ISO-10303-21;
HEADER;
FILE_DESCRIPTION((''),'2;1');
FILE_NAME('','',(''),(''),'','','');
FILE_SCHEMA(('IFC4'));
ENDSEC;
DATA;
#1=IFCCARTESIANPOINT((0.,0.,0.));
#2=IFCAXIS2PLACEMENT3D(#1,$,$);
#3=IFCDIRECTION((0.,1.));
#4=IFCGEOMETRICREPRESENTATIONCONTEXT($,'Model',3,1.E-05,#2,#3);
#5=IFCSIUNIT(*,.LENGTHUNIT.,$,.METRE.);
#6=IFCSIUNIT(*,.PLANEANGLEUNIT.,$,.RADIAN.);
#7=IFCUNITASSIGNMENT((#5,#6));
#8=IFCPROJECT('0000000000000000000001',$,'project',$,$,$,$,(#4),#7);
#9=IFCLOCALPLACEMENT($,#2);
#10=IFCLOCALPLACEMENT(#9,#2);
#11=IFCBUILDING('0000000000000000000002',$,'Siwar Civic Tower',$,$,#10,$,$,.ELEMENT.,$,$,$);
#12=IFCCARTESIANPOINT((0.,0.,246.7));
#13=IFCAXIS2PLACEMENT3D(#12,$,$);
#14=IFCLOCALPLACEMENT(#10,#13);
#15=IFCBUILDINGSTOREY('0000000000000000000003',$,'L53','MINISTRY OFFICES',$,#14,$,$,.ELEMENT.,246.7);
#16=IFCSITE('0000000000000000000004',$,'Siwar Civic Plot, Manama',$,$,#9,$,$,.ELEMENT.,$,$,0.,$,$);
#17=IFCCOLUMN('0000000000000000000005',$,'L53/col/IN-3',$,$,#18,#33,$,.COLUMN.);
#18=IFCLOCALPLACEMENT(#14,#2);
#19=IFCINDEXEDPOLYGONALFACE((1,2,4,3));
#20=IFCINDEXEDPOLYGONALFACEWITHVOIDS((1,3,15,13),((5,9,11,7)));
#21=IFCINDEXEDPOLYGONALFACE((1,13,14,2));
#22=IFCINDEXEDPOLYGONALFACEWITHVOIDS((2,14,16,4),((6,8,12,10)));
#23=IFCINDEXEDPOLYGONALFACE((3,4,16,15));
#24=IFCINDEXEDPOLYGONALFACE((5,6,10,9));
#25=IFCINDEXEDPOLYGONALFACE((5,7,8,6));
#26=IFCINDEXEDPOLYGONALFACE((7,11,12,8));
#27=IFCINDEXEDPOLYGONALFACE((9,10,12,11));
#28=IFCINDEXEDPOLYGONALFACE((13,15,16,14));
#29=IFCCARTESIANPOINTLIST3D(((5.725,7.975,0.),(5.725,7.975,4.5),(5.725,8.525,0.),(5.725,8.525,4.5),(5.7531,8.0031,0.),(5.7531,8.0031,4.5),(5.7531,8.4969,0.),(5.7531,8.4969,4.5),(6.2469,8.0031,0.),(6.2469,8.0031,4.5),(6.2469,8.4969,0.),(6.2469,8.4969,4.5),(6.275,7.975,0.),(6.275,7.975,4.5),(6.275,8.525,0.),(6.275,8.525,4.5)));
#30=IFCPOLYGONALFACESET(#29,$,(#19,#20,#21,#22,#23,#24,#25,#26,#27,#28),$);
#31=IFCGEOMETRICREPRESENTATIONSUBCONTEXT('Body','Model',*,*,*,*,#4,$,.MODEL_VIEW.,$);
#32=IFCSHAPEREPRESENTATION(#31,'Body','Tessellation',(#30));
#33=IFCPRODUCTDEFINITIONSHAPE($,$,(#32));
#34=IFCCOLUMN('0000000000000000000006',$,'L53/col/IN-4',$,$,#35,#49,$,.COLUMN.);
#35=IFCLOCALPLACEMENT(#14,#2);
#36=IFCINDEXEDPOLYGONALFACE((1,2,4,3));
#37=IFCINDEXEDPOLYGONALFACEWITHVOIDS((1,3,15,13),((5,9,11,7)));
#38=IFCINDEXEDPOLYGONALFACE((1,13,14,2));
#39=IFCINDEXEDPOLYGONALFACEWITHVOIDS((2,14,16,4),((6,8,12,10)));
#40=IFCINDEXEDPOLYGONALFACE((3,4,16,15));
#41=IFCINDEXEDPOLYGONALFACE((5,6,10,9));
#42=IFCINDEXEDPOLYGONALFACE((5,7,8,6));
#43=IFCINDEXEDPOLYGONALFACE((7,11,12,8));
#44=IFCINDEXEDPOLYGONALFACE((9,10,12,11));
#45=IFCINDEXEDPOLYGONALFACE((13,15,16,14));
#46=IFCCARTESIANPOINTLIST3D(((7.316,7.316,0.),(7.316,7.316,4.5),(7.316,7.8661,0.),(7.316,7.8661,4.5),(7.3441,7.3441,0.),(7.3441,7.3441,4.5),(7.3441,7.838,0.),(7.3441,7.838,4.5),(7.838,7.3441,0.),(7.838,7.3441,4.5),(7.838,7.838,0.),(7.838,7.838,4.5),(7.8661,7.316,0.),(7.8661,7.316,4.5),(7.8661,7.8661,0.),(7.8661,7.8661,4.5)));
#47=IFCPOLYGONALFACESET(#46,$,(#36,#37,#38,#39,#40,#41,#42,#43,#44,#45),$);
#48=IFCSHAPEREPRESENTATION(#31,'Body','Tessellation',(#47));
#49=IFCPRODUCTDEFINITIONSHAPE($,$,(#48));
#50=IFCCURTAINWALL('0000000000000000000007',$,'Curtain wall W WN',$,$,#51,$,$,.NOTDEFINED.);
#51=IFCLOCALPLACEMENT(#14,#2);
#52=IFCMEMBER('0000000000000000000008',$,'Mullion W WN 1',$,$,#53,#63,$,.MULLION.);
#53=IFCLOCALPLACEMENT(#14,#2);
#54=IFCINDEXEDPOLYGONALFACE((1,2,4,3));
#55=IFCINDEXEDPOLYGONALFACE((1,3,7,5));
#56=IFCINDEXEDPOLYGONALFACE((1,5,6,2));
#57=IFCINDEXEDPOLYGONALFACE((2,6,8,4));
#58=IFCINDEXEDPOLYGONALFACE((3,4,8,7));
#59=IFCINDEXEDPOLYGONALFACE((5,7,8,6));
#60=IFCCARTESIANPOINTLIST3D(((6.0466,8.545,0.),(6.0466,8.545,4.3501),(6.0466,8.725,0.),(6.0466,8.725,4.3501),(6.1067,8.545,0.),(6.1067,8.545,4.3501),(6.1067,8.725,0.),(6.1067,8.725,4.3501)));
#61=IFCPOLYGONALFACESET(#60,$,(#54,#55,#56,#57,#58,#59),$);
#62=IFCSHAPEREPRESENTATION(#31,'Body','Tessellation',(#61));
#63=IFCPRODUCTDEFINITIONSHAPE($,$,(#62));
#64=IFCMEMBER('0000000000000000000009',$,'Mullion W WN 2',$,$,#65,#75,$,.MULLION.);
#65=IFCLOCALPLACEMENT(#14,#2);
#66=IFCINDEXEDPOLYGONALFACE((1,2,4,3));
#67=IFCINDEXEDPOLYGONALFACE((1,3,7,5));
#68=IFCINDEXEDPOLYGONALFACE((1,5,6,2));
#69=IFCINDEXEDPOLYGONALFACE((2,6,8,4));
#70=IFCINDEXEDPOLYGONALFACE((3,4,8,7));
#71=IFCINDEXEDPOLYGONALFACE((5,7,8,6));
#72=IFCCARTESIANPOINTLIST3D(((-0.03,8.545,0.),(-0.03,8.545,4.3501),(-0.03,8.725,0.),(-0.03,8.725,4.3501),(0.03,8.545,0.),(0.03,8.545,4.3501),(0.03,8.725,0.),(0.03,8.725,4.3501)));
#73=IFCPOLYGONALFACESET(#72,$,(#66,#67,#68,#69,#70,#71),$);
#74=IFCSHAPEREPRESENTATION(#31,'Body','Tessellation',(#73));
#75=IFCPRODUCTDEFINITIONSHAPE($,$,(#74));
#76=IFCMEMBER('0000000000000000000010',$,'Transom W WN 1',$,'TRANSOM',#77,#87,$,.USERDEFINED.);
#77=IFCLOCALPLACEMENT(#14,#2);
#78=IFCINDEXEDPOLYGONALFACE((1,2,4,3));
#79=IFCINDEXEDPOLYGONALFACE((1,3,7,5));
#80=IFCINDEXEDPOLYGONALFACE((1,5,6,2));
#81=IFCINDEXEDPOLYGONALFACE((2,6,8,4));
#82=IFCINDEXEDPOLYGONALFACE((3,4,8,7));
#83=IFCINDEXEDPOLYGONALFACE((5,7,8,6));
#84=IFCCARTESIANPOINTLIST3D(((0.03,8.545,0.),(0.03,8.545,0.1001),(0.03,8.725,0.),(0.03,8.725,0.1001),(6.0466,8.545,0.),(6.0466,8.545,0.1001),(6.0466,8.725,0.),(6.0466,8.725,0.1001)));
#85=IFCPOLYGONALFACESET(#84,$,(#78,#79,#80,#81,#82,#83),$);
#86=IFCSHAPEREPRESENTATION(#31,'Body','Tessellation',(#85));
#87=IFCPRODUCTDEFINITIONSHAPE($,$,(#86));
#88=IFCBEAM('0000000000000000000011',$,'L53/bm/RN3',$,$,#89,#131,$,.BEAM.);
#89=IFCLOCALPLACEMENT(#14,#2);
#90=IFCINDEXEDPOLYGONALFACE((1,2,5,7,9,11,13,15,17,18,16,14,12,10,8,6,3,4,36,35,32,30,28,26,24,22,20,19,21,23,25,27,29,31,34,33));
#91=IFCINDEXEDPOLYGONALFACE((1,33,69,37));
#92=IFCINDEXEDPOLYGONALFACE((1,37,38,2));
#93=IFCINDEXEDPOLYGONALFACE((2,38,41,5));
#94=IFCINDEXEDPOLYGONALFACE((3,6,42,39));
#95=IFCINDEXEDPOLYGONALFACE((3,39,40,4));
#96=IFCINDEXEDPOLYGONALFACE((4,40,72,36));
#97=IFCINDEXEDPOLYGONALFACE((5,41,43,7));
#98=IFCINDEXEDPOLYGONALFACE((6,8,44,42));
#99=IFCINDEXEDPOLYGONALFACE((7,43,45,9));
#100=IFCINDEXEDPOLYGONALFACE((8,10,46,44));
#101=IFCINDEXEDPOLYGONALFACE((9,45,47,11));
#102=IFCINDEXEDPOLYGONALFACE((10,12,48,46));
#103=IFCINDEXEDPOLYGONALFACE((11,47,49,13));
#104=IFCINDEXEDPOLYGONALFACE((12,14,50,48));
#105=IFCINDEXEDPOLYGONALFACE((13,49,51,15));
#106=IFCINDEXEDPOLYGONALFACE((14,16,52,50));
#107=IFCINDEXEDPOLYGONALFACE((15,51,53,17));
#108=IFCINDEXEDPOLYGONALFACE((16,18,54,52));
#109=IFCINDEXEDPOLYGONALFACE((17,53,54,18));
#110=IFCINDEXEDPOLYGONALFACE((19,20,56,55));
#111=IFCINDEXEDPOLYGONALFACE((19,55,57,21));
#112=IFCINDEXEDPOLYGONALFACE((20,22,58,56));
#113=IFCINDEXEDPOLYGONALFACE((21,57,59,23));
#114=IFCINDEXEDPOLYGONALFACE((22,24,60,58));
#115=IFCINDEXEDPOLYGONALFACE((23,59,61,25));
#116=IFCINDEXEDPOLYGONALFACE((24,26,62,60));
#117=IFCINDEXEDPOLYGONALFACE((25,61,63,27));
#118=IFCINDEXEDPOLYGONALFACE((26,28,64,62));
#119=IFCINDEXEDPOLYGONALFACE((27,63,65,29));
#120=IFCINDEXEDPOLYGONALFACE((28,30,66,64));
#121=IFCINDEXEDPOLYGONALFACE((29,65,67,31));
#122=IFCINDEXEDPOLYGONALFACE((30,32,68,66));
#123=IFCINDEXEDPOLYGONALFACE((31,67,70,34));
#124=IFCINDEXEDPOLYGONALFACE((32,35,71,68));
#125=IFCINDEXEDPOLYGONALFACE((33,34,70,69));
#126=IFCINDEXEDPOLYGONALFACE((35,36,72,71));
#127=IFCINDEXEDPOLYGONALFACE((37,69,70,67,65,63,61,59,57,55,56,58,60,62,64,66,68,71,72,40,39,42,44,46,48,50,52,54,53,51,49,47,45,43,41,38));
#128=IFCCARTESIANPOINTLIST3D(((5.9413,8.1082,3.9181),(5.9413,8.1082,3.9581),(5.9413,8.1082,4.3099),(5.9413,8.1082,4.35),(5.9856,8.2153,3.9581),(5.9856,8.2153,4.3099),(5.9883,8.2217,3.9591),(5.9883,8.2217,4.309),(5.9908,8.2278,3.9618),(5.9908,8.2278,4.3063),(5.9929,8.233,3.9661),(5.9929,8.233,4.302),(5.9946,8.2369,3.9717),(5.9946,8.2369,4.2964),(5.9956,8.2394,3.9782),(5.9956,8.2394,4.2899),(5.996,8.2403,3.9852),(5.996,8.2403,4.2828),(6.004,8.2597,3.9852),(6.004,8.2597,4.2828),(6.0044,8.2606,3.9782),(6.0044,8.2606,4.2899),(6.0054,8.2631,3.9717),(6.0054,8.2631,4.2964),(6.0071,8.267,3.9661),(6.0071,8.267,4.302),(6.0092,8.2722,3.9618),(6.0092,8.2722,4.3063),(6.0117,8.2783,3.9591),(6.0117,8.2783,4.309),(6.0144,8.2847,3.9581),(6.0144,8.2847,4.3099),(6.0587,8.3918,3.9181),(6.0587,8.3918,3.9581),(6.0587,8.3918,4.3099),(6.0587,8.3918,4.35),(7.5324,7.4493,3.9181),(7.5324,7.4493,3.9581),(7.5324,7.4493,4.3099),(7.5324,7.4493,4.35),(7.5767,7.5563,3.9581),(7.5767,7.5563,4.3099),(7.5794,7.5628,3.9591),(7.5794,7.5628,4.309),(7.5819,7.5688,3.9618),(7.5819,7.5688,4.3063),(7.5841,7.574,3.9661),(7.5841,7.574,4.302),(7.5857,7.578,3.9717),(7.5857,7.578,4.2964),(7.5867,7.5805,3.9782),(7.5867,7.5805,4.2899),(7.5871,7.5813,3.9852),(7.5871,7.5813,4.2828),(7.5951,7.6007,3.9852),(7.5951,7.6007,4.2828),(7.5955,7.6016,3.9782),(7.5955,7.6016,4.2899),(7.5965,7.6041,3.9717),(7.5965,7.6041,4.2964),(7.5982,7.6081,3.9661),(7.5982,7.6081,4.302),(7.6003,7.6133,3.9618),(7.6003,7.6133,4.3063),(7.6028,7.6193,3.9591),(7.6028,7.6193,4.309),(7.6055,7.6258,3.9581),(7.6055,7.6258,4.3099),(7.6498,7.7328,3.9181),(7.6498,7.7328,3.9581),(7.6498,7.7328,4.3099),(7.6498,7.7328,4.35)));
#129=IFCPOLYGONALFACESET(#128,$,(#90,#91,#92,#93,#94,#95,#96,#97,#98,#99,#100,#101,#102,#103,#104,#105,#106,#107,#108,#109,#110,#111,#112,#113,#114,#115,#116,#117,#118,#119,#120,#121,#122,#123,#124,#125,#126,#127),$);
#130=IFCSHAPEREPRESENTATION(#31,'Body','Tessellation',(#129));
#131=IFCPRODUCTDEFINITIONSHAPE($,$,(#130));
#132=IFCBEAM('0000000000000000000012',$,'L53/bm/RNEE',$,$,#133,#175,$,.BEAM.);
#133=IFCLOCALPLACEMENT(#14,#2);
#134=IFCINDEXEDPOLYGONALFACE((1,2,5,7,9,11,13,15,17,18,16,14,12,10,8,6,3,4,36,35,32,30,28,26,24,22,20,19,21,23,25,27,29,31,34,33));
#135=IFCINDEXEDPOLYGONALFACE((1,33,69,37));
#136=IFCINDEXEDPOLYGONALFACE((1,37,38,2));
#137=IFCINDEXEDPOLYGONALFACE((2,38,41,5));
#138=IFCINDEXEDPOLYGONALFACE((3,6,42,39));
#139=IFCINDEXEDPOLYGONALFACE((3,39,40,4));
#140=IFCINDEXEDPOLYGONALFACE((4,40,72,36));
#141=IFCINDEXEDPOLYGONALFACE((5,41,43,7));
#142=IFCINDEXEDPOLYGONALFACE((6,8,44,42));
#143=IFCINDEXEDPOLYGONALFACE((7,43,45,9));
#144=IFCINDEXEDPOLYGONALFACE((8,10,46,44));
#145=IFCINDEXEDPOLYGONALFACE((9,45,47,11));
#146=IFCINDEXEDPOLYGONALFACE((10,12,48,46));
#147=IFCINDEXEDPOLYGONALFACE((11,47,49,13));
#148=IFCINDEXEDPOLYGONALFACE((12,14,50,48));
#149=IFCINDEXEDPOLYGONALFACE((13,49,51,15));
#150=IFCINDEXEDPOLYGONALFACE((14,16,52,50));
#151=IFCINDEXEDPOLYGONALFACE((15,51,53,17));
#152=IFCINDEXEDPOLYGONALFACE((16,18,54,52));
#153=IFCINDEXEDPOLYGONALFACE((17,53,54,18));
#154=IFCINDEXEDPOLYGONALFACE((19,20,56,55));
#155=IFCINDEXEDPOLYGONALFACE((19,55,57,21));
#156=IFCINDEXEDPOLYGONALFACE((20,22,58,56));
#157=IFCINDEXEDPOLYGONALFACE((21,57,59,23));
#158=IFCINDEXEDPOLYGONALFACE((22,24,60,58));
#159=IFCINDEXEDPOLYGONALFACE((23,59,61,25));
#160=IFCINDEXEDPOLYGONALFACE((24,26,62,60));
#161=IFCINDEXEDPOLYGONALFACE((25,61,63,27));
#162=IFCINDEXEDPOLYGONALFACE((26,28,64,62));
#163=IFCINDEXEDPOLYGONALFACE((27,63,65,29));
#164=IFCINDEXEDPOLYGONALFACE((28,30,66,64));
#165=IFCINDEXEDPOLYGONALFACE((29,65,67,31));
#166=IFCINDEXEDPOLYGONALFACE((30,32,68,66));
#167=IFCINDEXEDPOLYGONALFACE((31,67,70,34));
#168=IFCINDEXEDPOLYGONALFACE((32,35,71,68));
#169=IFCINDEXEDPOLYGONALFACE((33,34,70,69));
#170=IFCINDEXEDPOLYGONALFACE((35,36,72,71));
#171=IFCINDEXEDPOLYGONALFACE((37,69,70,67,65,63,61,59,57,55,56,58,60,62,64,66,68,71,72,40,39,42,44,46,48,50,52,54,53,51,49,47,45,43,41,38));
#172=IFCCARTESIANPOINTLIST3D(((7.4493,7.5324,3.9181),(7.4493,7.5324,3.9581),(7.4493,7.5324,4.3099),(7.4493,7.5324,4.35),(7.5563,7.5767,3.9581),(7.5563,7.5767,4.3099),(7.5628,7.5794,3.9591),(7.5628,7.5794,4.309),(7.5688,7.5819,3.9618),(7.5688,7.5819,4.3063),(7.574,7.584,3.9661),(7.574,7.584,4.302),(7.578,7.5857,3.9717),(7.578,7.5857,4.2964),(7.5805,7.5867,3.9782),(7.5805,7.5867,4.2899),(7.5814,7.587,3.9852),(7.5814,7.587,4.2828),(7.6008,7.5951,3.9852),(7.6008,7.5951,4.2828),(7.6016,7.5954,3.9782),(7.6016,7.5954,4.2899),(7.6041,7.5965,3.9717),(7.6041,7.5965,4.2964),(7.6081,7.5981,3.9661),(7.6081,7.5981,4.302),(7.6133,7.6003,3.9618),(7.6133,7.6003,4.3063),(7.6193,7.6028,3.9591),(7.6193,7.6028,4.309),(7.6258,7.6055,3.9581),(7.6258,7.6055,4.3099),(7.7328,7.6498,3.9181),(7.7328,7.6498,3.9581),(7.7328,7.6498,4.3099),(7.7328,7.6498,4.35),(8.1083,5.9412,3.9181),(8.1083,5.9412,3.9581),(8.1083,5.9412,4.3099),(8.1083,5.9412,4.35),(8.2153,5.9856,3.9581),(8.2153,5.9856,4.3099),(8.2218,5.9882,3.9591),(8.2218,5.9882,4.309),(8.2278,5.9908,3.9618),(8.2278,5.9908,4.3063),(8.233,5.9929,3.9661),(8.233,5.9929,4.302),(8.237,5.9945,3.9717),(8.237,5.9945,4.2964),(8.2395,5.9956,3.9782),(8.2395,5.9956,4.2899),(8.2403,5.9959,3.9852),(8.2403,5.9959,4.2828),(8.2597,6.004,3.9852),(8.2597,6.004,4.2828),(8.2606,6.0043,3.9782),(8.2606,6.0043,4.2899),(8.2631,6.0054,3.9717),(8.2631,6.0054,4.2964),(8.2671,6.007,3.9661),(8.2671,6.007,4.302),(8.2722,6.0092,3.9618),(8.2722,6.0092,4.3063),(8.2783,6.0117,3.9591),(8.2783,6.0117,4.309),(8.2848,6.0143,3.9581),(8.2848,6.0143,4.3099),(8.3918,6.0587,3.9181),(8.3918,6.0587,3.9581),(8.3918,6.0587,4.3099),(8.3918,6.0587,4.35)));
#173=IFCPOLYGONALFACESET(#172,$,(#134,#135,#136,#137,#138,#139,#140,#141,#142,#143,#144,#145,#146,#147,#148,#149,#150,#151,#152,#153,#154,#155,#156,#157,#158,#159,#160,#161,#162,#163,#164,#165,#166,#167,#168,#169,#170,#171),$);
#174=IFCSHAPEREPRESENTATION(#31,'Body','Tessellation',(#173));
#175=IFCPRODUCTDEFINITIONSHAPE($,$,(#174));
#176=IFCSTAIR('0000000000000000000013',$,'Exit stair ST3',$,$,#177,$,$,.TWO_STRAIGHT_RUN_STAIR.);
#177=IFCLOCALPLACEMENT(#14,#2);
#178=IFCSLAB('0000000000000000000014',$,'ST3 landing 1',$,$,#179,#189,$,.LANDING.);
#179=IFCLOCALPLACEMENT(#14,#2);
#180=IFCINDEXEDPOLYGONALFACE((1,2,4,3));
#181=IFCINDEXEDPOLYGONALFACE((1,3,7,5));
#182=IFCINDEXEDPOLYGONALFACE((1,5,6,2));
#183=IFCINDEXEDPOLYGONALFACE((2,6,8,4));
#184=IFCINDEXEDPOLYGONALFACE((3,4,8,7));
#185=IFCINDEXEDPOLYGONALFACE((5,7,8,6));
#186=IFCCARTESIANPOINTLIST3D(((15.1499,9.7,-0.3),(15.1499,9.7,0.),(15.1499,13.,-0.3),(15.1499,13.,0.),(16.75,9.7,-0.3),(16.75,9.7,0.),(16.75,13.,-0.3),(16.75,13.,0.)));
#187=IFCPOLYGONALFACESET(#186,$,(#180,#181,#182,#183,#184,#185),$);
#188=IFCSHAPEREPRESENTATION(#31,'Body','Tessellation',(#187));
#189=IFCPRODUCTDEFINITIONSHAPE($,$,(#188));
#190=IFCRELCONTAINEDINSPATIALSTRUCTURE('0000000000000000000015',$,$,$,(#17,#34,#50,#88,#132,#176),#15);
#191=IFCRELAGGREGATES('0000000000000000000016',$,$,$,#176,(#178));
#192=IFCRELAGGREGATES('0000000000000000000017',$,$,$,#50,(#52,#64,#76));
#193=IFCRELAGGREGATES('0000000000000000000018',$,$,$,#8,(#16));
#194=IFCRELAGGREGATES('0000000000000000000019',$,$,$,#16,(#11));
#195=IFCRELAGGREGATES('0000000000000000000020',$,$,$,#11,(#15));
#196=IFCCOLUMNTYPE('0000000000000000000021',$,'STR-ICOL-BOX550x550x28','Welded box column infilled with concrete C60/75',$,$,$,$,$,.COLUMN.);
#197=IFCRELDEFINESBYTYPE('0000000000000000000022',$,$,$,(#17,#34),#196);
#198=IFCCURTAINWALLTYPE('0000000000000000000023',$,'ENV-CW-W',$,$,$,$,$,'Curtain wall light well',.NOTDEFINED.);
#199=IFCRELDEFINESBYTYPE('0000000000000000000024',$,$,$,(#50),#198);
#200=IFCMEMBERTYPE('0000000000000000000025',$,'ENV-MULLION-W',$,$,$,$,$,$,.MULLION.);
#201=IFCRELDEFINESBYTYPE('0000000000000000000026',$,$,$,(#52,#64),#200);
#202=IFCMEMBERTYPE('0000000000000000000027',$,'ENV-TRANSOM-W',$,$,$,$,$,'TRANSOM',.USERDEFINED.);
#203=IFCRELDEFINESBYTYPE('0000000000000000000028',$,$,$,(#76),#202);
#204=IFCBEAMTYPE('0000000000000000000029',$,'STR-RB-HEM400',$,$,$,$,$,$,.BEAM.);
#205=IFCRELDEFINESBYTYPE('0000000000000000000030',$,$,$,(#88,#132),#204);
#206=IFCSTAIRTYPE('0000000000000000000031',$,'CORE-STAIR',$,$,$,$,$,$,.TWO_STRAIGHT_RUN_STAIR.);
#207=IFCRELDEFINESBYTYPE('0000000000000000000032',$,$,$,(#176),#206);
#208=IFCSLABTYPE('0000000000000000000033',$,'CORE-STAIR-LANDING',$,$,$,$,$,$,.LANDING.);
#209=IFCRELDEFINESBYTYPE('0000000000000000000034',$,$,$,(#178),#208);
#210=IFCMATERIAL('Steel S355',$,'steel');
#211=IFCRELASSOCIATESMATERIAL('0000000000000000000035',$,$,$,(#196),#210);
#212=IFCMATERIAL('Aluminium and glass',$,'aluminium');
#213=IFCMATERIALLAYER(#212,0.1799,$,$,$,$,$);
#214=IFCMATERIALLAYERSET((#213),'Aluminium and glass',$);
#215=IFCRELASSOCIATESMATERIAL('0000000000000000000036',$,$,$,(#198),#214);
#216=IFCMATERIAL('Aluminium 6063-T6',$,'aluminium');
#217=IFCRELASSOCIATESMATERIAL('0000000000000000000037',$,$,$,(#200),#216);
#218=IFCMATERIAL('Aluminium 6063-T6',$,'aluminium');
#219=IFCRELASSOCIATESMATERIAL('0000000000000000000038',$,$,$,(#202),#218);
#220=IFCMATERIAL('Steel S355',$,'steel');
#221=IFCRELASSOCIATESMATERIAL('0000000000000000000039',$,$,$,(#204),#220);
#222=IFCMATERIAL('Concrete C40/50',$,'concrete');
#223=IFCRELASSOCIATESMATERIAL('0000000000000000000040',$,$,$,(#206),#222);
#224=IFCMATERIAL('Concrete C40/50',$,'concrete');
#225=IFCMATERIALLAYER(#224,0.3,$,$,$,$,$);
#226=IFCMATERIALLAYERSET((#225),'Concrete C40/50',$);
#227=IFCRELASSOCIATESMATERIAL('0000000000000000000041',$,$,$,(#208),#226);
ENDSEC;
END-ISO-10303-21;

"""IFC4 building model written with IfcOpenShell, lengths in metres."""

from ifc_helpers import new_model, si_unit, direction, frame, origin, origin_2d, place, context, subcontext, project, spatial, polyline, rectangle, hollow_rectangle, i_section, outline, extrude, material, layer, layer_set, material_profile, profile_set, type_object, element, aggregate, save


model = new_model("IFC4")

# Units and contexts
model_context = context("Model", 3, precision=1e-05, world=origin(), true_north=direction((0.0, 1.0)))
body_context = subcontext(model_context, "Body", "Model", "MODEL_VIEW")
ifc_project = project(units=[si_unit("LENGTHUNIT", "METRE"), si_unit("PLANEANGLEUNIT", "RADIAN")], contexts=[model_context])

# Site, building, storey
site_placement = place(None, origin())
site = spatial("IfcSite", under=ifc_project, at=site_placement, Name="Siwar Civic Plot, Manama", CompositionType="ELEMENT", RefElevation=0.0)
building_placement = place(site_placement, origin())
building = spatial("IfcBuilding", under=site, at=building_placement, Name="Siwar Civic Tower", CompositionType="ELEMENT")
storey_placement = place(building_placement, frame((0.0, 0.0, 246.7)))
storey = spatial("IfcBuildingStorey", under=building, at=storey_placement, Name="L53", Description="MINISTRY OFFICES", CompositionType="ELEMENT", Elevation=246.7)

# Columns
ifc_material_1 = material(Name="Steel S355", Category="steel")
ifc_material_profile_1 = material_profile(ifc_material_1, hollow_rectangle(XDim=0.55, YDim=0.55, WallThickness=0.0281, at=origin_2d()), Name="BOX550x550x28")
ifc_profile_set_1 = profile_set([ifc_material_profile_1], Name="Steel S355")
column_type = type_object("IfcColumnType", Name="STR-ICOL-BOX550x550x28", Description="Welded box column infilled with concrete C60/75", PredefinedType="COLUMN", material=ifc_profile_set_1)
for number, where, z_axis, x_axis, name in (
    (1, (6.0, 8.25, 0.0), (0.0, 0.0, 1.0), (1.0, 0.0, 0.0), "L53/col/IN-3"),
    (2, (7.5911, 7.5911, 0.0), (0.0, 0.0, 1.0), (1.0, 0.0, 0.0), "L53/col/IN-4"),
):
    element("IfcColumn", number, at=place(storey_placement, frame(where, z_axis=z_axis, x_axis=x_axis)), inside=storey, type_object=column_type, Name=name, PredefinedType="COLUMN", context=body_context, shape_type="SweptSolid", body=[
        extrude(hollow_rectangle(XDim=0.55, YDim=0.55, WallThickness=0.0281, at=origin_2d()), origin(), (0.0, 0.0, 1.0), 4.5),
    ])

# Curtain wall, members
ifc_material_2 = material(Name="Aluminium and glass", Category="aluminium")
ifc_layer_1 = layer(ifc_material_2, 0.1799)
ifc_layer_set_1 = layer_set([ifc_layer_1], Name="Aluminium and glass")
curtain_wall_type = type_object("IfcCurtainWallType", Name="ENV-CW-W", ElementType="Curtain wall light well", PredefinedType="NOTDEFINED", material=ifc_layer_set_1)
curtain_wall_placement = place(storey_placement, origin())
curtain_wall = element("IfcCurtainWall", 3, at=curtain_wall_placement, inside=storey, type_object=curtain_wall_type, Name="Curtain wall W WN", PredefinedType="NOTDEFINED")
ifc_material_3 = material(Name="Aluminium 6063-T6", Category="aluminium")
ifc_material_profile_2 = material_profile(ifc_material_3, rectangle(XDim=0.1799, YDim=0.0601, at=origin_2d()), Name="AL 180x60")
ifc_profile_set_2 = profile_set([ifc_material_profile_2], Name="Aluminium 6063-T6")
member_type_1 = type_object("IfcMemberType", Name="ENV-MULLION-W", PredefinedType="MULLION", material=ifc_profile_set_2)
member_1_placement = place(storey_placement, frame((6.0767, 8.635, 0.0), z_axis=(0.0, 0.0, 1.0), x_axis=(0.0, -1.0, 0.0)))
member_1 = element("IfcMember", 4, at=member_1_placement, type_object=member_type_1, Name="Mullion W WN 1", PredefinedType="MULLION", context=body_context, shape_type="SweptSolid", body=[
    extrude(rectangle(XDim=0.1799, YDim=0.0601, at=origin_2d()), origin(), (0.0, 0.0, 1.0), 4.3501),
])
member_2_placement = place(storey_placement, frame((0.0, 8.635, 0.0), z_axis=(0.0, 0.0, 1.0), x_axis=(0.0, -1.0, 0.0)))
member_2 = element("IfcMember", 5, at=member_2_placement, type_object=member_type_1, Name="Mullion W WN 2", PredefinedType="MULLION", context=body_context, shape_type="SweptSolid", body=[
    extrude(rectangle(XDim=0.1799, YDim=0.0601, at=origin_2d()), origin(), (0.0, 0.0, 1.0), 4.3501),
])
ifc_material_4 = material(Name="Aluminium 6063-T6", Category="aluminium")
ifc_material_profile_3 = material_profile(ifc_material_4, rectangle(XDim=0.1799, YDim=0.1001, at=origin_2d()), Name="AL 180x100")
ifc_profile_set_3 = profile_set([ifc_material_profile_3], Name="Aluminium 6063-T6")
member_type_2 = type_object("IfcMemberType", Name="ENV-TRANSOM-W", ElementType="TRANSOM", PredefinedType="USERDEFINED", material=ifc_profile_set_3)
member_3_placement = place(storey_placement, frame((6.0466, 8.635, 0.05), z_axis=(-1.0, 0.0, 0.0), x_axis=(0.0, -1.0, 0.0)))
member_3 = element("IfcMember", 6, at=member_3_placement, type_object=member_type_2, Name="Transom W WN 1", ObjectType="TRANSOM", PredefinedType="USERDEFINED", context=body_context, shape_type="SweptSolid", body=[
    extrude(rectangle(XDim=0.1799, YDim=0.1001, at=origin_2d()), origin(), (0.0, 0.0, 1.0), 6.0166),
])

# Beams
ifc_material_5 = material(Name="Steel S355", Category="steel")
ifc_material_profile_4 = material_profile(ifc_material_5, i_section(OverallWidth=0.3069, OverallDepth=0.4319, WebThickness=0.021, FlangeThickness=0.04, FilletRadius=0.0271, at=origin_2d()), Name="HEM400")
ifc_profile_set_4 = profile_set([ifc_material_profile_4], Name="Steel S355")
beam_type = type_object("IfcBeamType", Name="STR-RB-HEM400", PredefinedType="BEAM", material=ifc_profile_set_4)
for number, where, z_axis, x_axis, name in (
    (7, (6.0, 8.25, 4.134), (0.923901, -0.382631, 0.0), (0.382631, 0.923901, 0.0), "L53/bm/RN3"),
    (8, (7.5911, 7.5911, 4.134), (0.382631, -0.923901, 0.0), (0.923901, 0.382631, 0.0), "L53/bm/RNEE"),
):
    element("IfcBeam", number, at=place(storey_placement, frame(where, z_axis=z_axis, x_axis=x_axis)), inside=storey, type_object=beam_type, Name=name, PredefinedType="BEAM", context=body_context, shape_type="SweptSolid", body=[
        extrude(i_section(OverallWidth=0.3069, OverallDepth=0.4319, WebThickness=0.021, FlangeThickness=0.04, FilletRadius=0.0271, at=origin_2d()), origin(), (0.0, 0.0, 1.0), 1.7222),
    ])

# Stair, slab
ifc_material_6 = material(Name="Concrete C40/50", Category="concrete")
stair_type = type_object("IfcStairType", Name="CORE-STAIR", PredefinedType="TWO_STRAIGHT_RUN_STAIR", material=ifc_material_6)
stair_1_placement = place(storey_placement, origin())
stair_1 = element("IfcStair", 9, at=stair_1_placement, inside=storey, type_object=stair_type, Name="Exit stair ST3", PredefinedType="TWO_STRAIGHT_RUN_STAIR")
ifc_material_7 = material(Name="Concrete C40/50", Category="concrete")
ifc_layer_2 = layer(ifc_material_7, 0.3)
ifc_layer_set_2 = layer_set([ifc_layer_2], Name="Concrete C40/50")
slab_type = type_object("IfcSlabType", Name="CORE-STAIR-LANDING", PredefinedType="LANDING", material=ifc_layer_set_2)
slab_1_placement = place(storey_placement, frame((0.0, 0.0, -0.3)))
slab_1 = element("IfcSlab", 10, at=slab_1_placement, type_object=slab_type, Name="ST3 landing 1", PredefinedType="LANDING", context=body_context, shape_type="SweptSolid", body=[
    extrude(outline(polyline([(15.1499, 9.7), (16.75, 9.7), (16.75, 13.0), (15.1499, 13.0), (15.1499, 9.7)])), origin(), (0.0, 0.0, 1.0), 0.3),
])
aggregate(stair_1, [slab_1])

aggregate(curtain_wall, [member_1, member_2, member_3])

save(model, "model.ifc")
